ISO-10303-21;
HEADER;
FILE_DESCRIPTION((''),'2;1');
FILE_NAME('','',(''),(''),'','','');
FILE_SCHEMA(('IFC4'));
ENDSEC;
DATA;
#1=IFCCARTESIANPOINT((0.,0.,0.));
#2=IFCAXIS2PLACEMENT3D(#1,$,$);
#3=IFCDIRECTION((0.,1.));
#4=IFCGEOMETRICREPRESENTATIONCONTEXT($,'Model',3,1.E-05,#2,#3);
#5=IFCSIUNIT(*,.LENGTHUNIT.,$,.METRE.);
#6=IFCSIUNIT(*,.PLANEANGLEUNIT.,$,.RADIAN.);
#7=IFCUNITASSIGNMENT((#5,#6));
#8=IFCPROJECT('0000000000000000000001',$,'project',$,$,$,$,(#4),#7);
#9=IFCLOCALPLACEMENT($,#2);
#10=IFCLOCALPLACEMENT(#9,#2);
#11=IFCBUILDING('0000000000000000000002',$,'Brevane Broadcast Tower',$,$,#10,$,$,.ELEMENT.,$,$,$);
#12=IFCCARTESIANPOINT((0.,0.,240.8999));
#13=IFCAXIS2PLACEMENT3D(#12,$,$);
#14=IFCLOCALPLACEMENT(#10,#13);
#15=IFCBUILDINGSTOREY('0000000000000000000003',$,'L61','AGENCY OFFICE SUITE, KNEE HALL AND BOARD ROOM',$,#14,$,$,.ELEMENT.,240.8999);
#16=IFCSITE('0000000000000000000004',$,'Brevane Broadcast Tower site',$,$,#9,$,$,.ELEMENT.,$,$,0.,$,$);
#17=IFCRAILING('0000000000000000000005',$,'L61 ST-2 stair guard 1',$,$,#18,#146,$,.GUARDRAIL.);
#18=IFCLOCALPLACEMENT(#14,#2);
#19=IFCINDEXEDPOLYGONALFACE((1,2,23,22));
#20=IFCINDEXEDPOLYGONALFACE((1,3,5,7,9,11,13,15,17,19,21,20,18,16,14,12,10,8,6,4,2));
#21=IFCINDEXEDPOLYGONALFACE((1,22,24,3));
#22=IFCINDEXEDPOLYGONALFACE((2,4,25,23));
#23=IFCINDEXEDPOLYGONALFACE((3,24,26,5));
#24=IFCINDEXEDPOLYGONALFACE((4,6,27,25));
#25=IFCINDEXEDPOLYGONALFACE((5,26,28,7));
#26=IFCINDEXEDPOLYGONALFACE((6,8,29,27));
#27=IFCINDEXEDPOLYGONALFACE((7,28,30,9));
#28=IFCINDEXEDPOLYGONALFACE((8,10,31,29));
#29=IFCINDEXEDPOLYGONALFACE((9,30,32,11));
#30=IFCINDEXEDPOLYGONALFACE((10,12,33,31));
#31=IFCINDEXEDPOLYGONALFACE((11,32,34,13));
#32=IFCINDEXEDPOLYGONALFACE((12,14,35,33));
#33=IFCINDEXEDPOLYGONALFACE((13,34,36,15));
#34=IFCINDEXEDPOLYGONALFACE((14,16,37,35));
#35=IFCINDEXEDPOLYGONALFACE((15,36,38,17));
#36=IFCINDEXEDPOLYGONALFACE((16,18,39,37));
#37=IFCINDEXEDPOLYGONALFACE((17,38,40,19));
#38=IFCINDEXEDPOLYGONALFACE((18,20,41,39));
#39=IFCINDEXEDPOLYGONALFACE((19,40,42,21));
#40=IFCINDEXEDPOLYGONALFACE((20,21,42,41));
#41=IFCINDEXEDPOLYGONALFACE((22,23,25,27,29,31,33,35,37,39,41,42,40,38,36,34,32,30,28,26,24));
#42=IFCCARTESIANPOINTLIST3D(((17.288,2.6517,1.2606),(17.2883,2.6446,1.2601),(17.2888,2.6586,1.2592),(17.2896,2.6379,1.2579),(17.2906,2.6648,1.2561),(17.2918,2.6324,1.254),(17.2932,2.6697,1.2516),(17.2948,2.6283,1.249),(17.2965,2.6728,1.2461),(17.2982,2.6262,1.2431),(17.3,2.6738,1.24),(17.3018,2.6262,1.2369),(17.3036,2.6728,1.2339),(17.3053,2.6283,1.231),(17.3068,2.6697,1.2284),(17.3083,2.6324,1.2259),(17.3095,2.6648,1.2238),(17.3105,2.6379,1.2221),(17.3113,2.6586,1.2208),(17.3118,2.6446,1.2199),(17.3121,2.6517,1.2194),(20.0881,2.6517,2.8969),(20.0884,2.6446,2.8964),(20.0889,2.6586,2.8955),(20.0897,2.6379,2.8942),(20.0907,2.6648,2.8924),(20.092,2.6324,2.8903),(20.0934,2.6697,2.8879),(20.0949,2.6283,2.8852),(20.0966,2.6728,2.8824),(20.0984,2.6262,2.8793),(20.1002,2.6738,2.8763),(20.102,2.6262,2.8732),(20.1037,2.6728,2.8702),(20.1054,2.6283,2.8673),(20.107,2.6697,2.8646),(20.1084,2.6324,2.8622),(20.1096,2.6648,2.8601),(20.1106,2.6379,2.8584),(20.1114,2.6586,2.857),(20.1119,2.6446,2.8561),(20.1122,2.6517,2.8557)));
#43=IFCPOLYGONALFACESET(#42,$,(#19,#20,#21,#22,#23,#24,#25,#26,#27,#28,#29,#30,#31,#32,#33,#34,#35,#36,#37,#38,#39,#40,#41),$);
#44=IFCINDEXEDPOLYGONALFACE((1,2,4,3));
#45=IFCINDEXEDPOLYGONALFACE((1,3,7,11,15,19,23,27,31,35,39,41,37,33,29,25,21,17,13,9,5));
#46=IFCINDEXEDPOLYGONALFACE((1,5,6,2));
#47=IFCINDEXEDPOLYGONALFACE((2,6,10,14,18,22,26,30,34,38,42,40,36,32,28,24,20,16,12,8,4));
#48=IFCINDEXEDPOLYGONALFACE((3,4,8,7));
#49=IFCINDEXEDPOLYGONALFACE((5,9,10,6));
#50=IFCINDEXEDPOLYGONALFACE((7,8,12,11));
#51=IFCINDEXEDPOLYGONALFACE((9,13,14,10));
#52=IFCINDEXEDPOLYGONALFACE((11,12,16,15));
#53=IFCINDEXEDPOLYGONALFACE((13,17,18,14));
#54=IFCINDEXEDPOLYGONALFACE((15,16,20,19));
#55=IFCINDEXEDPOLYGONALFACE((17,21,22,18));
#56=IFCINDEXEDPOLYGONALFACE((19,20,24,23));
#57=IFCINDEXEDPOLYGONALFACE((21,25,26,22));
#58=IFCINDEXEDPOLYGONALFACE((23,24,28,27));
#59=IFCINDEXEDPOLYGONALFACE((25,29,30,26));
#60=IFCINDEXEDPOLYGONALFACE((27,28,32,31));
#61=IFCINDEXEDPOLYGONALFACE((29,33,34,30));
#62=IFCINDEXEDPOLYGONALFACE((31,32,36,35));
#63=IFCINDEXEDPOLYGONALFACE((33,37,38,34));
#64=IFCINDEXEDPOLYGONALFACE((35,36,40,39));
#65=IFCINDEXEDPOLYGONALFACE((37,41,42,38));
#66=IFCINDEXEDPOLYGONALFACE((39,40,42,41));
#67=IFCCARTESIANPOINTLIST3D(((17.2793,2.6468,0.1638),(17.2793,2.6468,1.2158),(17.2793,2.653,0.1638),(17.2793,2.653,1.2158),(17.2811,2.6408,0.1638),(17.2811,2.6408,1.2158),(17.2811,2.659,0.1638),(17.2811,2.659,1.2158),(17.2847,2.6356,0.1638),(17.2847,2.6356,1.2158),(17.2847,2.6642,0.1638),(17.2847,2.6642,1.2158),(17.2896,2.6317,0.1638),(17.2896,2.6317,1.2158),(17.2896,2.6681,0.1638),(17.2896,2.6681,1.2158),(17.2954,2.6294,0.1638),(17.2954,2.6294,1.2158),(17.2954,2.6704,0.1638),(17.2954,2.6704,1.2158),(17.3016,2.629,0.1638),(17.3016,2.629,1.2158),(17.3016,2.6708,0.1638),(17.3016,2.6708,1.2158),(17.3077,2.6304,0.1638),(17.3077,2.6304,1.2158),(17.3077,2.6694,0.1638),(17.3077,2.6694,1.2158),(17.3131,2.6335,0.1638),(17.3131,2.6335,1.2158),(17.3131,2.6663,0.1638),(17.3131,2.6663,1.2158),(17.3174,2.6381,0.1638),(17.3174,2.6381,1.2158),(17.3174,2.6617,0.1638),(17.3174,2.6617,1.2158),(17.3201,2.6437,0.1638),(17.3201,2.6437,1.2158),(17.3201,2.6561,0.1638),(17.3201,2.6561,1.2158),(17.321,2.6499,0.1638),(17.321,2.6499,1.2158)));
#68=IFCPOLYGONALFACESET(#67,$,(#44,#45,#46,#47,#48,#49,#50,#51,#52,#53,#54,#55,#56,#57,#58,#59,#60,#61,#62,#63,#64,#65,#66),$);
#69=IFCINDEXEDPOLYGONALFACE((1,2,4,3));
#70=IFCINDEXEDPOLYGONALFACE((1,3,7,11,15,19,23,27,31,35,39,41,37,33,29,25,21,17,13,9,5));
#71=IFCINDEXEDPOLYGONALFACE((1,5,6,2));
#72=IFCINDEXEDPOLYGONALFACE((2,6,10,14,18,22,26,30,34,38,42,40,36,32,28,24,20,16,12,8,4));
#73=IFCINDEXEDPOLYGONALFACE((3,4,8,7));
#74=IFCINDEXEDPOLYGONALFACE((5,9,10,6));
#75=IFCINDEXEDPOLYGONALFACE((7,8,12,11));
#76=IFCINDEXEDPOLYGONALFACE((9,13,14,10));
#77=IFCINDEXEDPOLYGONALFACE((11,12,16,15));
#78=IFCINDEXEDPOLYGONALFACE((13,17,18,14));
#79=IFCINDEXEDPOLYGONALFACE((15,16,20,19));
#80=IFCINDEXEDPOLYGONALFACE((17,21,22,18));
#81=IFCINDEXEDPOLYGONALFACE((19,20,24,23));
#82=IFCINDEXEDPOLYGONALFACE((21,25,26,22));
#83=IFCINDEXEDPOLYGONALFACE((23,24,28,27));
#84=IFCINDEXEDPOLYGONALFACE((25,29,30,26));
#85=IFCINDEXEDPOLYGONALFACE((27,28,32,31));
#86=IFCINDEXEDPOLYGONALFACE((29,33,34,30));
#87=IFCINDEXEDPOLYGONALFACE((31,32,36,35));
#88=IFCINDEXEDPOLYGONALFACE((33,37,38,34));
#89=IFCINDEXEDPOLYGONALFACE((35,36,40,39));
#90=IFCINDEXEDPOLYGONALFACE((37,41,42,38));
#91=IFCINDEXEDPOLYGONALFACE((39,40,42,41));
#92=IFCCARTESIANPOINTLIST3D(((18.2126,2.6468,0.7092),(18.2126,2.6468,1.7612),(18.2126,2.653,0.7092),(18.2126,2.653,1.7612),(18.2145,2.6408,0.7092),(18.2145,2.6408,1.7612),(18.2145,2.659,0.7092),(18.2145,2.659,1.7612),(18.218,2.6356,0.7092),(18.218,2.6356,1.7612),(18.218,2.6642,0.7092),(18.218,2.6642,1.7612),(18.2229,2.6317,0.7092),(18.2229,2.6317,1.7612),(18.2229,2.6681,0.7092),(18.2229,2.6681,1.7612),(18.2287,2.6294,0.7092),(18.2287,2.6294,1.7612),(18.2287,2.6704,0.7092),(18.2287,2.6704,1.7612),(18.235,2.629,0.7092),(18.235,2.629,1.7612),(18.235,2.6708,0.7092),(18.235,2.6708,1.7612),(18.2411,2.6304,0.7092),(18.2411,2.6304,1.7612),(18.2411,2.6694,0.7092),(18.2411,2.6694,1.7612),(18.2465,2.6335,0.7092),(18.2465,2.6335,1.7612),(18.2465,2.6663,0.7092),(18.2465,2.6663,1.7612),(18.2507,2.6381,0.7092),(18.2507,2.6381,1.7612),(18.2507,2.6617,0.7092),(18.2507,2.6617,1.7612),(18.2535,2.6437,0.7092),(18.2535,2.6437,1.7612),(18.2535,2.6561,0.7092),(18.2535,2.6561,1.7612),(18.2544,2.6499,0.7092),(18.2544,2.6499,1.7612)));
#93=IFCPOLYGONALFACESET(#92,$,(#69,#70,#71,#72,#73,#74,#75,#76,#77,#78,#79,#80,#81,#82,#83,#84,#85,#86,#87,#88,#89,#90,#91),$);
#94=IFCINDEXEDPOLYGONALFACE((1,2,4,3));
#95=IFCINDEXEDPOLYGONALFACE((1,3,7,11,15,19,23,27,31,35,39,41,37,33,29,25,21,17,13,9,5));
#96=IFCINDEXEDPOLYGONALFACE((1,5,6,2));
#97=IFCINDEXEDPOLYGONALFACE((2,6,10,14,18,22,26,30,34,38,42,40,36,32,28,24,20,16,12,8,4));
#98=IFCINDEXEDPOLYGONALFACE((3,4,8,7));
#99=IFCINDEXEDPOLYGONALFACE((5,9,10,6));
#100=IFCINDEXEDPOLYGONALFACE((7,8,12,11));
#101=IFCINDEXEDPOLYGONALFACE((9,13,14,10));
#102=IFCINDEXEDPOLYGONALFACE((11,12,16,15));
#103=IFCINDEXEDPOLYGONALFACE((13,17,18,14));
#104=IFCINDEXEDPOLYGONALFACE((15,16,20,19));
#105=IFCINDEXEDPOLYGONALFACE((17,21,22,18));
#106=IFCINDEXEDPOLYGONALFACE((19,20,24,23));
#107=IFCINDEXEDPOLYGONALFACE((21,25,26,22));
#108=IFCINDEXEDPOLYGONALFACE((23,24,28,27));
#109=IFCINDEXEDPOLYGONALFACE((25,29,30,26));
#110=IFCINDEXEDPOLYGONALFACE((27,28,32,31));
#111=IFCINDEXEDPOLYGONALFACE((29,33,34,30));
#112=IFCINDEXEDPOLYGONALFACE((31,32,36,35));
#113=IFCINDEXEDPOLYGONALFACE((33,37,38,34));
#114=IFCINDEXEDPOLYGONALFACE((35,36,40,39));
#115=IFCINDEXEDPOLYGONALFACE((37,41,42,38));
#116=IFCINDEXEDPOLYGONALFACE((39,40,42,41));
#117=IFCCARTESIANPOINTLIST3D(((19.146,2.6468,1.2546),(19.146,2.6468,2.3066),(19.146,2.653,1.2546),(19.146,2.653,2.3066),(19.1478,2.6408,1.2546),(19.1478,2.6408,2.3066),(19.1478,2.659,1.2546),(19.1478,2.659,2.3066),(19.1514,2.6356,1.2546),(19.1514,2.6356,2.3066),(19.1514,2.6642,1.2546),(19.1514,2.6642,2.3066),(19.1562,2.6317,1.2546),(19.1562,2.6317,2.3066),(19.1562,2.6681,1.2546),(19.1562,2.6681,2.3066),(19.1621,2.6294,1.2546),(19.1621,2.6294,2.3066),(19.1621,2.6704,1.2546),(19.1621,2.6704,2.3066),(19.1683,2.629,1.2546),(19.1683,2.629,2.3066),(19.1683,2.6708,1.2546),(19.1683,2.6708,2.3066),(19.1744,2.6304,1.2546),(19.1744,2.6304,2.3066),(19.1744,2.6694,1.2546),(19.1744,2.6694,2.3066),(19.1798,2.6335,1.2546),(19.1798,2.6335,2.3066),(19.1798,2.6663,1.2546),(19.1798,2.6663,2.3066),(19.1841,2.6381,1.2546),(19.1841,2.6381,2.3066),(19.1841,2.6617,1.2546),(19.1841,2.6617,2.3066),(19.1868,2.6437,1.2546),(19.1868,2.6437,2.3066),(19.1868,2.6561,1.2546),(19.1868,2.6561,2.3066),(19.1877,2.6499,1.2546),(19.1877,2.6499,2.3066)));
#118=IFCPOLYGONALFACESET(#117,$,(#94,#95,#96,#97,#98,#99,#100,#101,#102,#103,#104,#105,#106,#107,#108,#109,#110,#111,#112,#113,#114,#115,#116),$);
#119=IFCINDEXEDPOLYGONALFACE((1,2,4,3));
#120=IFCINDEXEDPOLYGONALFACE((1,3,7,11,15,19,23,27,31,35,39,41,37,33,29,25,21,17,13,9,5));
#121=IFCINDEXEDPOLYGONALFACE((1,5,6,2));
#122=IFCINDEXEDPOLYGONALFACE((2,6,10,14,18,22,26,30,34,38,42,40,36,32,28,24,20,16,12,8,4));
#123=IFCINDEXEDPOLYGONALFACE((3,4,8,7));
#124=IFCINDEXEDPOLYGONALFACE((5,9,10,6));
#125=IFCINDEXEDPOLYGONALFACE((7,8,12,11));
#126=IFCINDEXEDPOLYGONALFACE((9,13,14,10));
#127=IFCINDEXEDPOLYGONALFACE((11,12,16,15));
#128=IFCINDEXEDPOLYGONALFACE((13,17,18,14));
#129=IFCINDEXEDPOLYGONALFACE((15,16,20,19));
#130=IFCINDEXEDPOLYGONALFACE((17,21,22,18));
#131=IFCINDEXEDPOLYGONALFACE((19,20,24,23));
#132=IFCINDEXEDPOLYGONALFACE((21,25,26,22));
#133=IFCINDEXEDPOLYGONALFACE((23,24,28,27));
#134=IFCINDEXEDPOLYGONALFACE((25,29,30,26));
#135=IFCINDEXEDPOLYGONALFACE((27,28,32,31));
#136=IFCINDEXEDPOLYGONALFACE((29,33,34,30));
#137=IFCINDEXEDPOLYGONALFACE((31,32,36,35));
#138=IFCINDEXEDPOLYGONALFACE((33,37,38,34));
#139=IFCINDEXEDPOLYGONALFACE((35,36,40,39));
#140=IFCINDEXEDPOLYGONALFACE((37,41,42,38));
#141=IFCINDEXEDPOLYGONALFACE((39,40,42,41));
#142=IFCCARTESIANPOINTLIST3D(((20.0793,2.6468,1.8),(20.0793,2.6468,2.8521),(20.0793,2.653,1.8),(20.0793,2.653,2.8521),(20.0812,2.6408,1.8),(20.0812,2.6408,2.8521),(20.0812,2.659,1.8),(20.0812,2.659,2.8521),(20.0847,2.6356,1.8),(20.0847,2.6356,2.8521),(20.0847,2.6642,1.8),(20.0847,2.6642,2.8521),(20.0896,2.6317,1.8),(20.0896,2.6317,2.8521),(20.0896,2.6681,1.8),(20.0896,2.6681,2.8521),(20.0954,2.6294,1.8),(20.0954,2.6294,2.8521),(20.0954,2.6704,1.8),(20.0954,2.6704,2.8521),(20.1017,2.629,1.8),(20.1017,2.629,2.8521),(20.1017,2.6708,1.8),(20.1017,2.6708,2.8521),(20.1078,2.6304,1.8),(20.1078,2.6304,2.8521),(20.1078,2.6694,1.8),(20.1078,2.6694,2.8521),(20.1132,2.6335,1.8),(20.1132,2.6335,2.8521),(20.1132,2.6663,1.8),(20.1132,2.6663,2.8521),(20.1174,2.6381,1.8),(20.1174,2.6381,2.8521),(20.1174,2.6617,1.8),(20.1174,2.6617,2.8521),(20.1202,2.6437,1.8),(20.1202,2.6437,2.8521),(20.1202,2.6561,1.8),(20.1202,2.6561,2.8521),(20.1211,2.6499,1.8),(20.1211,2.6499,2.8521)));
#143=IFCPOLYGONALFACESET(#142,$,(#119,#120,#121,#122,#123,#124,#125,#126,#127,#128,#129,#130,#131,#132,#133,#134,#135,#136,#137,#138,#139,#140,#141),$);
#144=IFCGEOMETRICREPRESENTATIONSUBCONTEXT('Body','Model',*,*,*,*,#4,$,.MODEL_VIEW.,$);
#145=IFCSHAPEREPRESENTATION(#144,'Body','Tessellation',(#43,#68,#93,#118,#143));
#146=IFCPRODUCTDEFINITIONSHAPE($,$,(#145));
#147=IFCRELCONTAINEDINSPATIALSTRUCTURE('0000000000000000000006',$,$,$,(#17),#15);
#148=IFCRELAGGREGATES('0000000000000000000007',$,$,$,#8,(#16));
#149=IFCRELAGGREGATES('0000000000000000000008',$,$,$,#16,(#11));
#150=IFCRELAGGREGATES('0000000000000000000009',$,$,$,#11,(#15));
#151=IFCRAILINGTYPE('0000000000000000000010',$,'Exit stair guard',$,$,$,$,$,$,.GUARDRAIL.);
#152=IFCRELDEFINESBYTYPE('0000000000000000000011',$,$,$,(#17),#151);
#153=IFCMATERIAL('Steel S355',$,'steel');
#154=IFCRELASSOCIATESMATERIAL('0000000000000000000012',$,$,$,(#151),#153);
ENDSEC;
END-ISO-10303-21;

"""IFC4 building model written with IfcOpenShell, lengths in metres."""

from ifc_helpers import new_model, si_unit, direction, frame, origin, origin_2d, place, context, subcontext, project, spatial, circle, extrude, material, type_object, element, save


model = new_model("IFC4")

# Units and contexts
model_context = context("Model", 3, precision=1e-05, world=origin(), true_north=direction((0.0, 1.0)))
body_context = subcontext(model_context, "Body", "Model", "MODEL_VIEW")
ifc_project = project(units=[si_unit("LENGTHUNIT", "METRE"), si_unit("PLANEANGLEUNIT", "RADIAN")], contexts=[model_context])

# Site, building, storey
site_placement = place(None, origin())
site = spatial("IfcSite", under=ifc_project, at=site_placement, Name="Brevane Broadcast Tower site", CompositionType="ELEMENT", RefElevation=0.0)
building_placement = place(site_placement, origin())
building = spatial("IfcBuilding", under=site, at=building_placement, Name="Brevane Broadcast Tower", CompositionType="ELEMENT")
storey_placement = place(building_placement, frame((0.0, 0.0, 240.8999)))
storey = spatial("IfcBuildingStorey", under=building, at=storey_placement, Name="L61", Description="AGENCY OFFICE SUITE, KNEE HALL AND BOARD ROOM", CompositionType="ELEMENT", Elevation=240.8999)

# Railing
ifc_material_1 = material(Name="Steel S355", Category="steel")
railing_type_1 = type_object("IfcRailingType", Name="Exit stair guard", PredefinedType="GUARDRAIL", material=ifc_material_1)
railing_1_placement = place(storey_placement, frame((17.3, 2.6499, 0.1638)))
element("IfcRailing", 1, at=railing_1_placement, inside=storey, type_object=railing_type_1, Name="L61 ST-2 stair guard 1", PredefinedType="GUARDRAIL", context=body_context, shape_type="SweptSolid", body=[
    extrude(circle(Radius=0.0239, at=origin_2d()), frame((0.0, 0.0, 1.0762), z_axis=(0.863394, 0.0, 0.504531), x_axis=(0.0, 1.0, 0.0)), (0.0, 0.0, 1.0), 3.2432),
    extrude(circle(Radius=0.021, at=origin_2d()), origin(), (0.0, 0.0, 1.0), 1.052),
    extrude(circle(Radius=0.021, at=origin_2d()), frame((0.9333, 0.0, 0.5454)), (0.0, 0.0, 1.0), 1.052),
    extrude(circle(Radius=0.021, at=origin_2d()), frame((1.8667, 0.0, 1.0908)), (0.0, 0.0, 1.0), 1.052),
    extrude(circle(Radius=0.021, at=origin_2d()), frame((2.8, 0.0, 1.6362)), (0.0, 0.0, 1.0), 1.052),
])

save(model, "model.ifc")
